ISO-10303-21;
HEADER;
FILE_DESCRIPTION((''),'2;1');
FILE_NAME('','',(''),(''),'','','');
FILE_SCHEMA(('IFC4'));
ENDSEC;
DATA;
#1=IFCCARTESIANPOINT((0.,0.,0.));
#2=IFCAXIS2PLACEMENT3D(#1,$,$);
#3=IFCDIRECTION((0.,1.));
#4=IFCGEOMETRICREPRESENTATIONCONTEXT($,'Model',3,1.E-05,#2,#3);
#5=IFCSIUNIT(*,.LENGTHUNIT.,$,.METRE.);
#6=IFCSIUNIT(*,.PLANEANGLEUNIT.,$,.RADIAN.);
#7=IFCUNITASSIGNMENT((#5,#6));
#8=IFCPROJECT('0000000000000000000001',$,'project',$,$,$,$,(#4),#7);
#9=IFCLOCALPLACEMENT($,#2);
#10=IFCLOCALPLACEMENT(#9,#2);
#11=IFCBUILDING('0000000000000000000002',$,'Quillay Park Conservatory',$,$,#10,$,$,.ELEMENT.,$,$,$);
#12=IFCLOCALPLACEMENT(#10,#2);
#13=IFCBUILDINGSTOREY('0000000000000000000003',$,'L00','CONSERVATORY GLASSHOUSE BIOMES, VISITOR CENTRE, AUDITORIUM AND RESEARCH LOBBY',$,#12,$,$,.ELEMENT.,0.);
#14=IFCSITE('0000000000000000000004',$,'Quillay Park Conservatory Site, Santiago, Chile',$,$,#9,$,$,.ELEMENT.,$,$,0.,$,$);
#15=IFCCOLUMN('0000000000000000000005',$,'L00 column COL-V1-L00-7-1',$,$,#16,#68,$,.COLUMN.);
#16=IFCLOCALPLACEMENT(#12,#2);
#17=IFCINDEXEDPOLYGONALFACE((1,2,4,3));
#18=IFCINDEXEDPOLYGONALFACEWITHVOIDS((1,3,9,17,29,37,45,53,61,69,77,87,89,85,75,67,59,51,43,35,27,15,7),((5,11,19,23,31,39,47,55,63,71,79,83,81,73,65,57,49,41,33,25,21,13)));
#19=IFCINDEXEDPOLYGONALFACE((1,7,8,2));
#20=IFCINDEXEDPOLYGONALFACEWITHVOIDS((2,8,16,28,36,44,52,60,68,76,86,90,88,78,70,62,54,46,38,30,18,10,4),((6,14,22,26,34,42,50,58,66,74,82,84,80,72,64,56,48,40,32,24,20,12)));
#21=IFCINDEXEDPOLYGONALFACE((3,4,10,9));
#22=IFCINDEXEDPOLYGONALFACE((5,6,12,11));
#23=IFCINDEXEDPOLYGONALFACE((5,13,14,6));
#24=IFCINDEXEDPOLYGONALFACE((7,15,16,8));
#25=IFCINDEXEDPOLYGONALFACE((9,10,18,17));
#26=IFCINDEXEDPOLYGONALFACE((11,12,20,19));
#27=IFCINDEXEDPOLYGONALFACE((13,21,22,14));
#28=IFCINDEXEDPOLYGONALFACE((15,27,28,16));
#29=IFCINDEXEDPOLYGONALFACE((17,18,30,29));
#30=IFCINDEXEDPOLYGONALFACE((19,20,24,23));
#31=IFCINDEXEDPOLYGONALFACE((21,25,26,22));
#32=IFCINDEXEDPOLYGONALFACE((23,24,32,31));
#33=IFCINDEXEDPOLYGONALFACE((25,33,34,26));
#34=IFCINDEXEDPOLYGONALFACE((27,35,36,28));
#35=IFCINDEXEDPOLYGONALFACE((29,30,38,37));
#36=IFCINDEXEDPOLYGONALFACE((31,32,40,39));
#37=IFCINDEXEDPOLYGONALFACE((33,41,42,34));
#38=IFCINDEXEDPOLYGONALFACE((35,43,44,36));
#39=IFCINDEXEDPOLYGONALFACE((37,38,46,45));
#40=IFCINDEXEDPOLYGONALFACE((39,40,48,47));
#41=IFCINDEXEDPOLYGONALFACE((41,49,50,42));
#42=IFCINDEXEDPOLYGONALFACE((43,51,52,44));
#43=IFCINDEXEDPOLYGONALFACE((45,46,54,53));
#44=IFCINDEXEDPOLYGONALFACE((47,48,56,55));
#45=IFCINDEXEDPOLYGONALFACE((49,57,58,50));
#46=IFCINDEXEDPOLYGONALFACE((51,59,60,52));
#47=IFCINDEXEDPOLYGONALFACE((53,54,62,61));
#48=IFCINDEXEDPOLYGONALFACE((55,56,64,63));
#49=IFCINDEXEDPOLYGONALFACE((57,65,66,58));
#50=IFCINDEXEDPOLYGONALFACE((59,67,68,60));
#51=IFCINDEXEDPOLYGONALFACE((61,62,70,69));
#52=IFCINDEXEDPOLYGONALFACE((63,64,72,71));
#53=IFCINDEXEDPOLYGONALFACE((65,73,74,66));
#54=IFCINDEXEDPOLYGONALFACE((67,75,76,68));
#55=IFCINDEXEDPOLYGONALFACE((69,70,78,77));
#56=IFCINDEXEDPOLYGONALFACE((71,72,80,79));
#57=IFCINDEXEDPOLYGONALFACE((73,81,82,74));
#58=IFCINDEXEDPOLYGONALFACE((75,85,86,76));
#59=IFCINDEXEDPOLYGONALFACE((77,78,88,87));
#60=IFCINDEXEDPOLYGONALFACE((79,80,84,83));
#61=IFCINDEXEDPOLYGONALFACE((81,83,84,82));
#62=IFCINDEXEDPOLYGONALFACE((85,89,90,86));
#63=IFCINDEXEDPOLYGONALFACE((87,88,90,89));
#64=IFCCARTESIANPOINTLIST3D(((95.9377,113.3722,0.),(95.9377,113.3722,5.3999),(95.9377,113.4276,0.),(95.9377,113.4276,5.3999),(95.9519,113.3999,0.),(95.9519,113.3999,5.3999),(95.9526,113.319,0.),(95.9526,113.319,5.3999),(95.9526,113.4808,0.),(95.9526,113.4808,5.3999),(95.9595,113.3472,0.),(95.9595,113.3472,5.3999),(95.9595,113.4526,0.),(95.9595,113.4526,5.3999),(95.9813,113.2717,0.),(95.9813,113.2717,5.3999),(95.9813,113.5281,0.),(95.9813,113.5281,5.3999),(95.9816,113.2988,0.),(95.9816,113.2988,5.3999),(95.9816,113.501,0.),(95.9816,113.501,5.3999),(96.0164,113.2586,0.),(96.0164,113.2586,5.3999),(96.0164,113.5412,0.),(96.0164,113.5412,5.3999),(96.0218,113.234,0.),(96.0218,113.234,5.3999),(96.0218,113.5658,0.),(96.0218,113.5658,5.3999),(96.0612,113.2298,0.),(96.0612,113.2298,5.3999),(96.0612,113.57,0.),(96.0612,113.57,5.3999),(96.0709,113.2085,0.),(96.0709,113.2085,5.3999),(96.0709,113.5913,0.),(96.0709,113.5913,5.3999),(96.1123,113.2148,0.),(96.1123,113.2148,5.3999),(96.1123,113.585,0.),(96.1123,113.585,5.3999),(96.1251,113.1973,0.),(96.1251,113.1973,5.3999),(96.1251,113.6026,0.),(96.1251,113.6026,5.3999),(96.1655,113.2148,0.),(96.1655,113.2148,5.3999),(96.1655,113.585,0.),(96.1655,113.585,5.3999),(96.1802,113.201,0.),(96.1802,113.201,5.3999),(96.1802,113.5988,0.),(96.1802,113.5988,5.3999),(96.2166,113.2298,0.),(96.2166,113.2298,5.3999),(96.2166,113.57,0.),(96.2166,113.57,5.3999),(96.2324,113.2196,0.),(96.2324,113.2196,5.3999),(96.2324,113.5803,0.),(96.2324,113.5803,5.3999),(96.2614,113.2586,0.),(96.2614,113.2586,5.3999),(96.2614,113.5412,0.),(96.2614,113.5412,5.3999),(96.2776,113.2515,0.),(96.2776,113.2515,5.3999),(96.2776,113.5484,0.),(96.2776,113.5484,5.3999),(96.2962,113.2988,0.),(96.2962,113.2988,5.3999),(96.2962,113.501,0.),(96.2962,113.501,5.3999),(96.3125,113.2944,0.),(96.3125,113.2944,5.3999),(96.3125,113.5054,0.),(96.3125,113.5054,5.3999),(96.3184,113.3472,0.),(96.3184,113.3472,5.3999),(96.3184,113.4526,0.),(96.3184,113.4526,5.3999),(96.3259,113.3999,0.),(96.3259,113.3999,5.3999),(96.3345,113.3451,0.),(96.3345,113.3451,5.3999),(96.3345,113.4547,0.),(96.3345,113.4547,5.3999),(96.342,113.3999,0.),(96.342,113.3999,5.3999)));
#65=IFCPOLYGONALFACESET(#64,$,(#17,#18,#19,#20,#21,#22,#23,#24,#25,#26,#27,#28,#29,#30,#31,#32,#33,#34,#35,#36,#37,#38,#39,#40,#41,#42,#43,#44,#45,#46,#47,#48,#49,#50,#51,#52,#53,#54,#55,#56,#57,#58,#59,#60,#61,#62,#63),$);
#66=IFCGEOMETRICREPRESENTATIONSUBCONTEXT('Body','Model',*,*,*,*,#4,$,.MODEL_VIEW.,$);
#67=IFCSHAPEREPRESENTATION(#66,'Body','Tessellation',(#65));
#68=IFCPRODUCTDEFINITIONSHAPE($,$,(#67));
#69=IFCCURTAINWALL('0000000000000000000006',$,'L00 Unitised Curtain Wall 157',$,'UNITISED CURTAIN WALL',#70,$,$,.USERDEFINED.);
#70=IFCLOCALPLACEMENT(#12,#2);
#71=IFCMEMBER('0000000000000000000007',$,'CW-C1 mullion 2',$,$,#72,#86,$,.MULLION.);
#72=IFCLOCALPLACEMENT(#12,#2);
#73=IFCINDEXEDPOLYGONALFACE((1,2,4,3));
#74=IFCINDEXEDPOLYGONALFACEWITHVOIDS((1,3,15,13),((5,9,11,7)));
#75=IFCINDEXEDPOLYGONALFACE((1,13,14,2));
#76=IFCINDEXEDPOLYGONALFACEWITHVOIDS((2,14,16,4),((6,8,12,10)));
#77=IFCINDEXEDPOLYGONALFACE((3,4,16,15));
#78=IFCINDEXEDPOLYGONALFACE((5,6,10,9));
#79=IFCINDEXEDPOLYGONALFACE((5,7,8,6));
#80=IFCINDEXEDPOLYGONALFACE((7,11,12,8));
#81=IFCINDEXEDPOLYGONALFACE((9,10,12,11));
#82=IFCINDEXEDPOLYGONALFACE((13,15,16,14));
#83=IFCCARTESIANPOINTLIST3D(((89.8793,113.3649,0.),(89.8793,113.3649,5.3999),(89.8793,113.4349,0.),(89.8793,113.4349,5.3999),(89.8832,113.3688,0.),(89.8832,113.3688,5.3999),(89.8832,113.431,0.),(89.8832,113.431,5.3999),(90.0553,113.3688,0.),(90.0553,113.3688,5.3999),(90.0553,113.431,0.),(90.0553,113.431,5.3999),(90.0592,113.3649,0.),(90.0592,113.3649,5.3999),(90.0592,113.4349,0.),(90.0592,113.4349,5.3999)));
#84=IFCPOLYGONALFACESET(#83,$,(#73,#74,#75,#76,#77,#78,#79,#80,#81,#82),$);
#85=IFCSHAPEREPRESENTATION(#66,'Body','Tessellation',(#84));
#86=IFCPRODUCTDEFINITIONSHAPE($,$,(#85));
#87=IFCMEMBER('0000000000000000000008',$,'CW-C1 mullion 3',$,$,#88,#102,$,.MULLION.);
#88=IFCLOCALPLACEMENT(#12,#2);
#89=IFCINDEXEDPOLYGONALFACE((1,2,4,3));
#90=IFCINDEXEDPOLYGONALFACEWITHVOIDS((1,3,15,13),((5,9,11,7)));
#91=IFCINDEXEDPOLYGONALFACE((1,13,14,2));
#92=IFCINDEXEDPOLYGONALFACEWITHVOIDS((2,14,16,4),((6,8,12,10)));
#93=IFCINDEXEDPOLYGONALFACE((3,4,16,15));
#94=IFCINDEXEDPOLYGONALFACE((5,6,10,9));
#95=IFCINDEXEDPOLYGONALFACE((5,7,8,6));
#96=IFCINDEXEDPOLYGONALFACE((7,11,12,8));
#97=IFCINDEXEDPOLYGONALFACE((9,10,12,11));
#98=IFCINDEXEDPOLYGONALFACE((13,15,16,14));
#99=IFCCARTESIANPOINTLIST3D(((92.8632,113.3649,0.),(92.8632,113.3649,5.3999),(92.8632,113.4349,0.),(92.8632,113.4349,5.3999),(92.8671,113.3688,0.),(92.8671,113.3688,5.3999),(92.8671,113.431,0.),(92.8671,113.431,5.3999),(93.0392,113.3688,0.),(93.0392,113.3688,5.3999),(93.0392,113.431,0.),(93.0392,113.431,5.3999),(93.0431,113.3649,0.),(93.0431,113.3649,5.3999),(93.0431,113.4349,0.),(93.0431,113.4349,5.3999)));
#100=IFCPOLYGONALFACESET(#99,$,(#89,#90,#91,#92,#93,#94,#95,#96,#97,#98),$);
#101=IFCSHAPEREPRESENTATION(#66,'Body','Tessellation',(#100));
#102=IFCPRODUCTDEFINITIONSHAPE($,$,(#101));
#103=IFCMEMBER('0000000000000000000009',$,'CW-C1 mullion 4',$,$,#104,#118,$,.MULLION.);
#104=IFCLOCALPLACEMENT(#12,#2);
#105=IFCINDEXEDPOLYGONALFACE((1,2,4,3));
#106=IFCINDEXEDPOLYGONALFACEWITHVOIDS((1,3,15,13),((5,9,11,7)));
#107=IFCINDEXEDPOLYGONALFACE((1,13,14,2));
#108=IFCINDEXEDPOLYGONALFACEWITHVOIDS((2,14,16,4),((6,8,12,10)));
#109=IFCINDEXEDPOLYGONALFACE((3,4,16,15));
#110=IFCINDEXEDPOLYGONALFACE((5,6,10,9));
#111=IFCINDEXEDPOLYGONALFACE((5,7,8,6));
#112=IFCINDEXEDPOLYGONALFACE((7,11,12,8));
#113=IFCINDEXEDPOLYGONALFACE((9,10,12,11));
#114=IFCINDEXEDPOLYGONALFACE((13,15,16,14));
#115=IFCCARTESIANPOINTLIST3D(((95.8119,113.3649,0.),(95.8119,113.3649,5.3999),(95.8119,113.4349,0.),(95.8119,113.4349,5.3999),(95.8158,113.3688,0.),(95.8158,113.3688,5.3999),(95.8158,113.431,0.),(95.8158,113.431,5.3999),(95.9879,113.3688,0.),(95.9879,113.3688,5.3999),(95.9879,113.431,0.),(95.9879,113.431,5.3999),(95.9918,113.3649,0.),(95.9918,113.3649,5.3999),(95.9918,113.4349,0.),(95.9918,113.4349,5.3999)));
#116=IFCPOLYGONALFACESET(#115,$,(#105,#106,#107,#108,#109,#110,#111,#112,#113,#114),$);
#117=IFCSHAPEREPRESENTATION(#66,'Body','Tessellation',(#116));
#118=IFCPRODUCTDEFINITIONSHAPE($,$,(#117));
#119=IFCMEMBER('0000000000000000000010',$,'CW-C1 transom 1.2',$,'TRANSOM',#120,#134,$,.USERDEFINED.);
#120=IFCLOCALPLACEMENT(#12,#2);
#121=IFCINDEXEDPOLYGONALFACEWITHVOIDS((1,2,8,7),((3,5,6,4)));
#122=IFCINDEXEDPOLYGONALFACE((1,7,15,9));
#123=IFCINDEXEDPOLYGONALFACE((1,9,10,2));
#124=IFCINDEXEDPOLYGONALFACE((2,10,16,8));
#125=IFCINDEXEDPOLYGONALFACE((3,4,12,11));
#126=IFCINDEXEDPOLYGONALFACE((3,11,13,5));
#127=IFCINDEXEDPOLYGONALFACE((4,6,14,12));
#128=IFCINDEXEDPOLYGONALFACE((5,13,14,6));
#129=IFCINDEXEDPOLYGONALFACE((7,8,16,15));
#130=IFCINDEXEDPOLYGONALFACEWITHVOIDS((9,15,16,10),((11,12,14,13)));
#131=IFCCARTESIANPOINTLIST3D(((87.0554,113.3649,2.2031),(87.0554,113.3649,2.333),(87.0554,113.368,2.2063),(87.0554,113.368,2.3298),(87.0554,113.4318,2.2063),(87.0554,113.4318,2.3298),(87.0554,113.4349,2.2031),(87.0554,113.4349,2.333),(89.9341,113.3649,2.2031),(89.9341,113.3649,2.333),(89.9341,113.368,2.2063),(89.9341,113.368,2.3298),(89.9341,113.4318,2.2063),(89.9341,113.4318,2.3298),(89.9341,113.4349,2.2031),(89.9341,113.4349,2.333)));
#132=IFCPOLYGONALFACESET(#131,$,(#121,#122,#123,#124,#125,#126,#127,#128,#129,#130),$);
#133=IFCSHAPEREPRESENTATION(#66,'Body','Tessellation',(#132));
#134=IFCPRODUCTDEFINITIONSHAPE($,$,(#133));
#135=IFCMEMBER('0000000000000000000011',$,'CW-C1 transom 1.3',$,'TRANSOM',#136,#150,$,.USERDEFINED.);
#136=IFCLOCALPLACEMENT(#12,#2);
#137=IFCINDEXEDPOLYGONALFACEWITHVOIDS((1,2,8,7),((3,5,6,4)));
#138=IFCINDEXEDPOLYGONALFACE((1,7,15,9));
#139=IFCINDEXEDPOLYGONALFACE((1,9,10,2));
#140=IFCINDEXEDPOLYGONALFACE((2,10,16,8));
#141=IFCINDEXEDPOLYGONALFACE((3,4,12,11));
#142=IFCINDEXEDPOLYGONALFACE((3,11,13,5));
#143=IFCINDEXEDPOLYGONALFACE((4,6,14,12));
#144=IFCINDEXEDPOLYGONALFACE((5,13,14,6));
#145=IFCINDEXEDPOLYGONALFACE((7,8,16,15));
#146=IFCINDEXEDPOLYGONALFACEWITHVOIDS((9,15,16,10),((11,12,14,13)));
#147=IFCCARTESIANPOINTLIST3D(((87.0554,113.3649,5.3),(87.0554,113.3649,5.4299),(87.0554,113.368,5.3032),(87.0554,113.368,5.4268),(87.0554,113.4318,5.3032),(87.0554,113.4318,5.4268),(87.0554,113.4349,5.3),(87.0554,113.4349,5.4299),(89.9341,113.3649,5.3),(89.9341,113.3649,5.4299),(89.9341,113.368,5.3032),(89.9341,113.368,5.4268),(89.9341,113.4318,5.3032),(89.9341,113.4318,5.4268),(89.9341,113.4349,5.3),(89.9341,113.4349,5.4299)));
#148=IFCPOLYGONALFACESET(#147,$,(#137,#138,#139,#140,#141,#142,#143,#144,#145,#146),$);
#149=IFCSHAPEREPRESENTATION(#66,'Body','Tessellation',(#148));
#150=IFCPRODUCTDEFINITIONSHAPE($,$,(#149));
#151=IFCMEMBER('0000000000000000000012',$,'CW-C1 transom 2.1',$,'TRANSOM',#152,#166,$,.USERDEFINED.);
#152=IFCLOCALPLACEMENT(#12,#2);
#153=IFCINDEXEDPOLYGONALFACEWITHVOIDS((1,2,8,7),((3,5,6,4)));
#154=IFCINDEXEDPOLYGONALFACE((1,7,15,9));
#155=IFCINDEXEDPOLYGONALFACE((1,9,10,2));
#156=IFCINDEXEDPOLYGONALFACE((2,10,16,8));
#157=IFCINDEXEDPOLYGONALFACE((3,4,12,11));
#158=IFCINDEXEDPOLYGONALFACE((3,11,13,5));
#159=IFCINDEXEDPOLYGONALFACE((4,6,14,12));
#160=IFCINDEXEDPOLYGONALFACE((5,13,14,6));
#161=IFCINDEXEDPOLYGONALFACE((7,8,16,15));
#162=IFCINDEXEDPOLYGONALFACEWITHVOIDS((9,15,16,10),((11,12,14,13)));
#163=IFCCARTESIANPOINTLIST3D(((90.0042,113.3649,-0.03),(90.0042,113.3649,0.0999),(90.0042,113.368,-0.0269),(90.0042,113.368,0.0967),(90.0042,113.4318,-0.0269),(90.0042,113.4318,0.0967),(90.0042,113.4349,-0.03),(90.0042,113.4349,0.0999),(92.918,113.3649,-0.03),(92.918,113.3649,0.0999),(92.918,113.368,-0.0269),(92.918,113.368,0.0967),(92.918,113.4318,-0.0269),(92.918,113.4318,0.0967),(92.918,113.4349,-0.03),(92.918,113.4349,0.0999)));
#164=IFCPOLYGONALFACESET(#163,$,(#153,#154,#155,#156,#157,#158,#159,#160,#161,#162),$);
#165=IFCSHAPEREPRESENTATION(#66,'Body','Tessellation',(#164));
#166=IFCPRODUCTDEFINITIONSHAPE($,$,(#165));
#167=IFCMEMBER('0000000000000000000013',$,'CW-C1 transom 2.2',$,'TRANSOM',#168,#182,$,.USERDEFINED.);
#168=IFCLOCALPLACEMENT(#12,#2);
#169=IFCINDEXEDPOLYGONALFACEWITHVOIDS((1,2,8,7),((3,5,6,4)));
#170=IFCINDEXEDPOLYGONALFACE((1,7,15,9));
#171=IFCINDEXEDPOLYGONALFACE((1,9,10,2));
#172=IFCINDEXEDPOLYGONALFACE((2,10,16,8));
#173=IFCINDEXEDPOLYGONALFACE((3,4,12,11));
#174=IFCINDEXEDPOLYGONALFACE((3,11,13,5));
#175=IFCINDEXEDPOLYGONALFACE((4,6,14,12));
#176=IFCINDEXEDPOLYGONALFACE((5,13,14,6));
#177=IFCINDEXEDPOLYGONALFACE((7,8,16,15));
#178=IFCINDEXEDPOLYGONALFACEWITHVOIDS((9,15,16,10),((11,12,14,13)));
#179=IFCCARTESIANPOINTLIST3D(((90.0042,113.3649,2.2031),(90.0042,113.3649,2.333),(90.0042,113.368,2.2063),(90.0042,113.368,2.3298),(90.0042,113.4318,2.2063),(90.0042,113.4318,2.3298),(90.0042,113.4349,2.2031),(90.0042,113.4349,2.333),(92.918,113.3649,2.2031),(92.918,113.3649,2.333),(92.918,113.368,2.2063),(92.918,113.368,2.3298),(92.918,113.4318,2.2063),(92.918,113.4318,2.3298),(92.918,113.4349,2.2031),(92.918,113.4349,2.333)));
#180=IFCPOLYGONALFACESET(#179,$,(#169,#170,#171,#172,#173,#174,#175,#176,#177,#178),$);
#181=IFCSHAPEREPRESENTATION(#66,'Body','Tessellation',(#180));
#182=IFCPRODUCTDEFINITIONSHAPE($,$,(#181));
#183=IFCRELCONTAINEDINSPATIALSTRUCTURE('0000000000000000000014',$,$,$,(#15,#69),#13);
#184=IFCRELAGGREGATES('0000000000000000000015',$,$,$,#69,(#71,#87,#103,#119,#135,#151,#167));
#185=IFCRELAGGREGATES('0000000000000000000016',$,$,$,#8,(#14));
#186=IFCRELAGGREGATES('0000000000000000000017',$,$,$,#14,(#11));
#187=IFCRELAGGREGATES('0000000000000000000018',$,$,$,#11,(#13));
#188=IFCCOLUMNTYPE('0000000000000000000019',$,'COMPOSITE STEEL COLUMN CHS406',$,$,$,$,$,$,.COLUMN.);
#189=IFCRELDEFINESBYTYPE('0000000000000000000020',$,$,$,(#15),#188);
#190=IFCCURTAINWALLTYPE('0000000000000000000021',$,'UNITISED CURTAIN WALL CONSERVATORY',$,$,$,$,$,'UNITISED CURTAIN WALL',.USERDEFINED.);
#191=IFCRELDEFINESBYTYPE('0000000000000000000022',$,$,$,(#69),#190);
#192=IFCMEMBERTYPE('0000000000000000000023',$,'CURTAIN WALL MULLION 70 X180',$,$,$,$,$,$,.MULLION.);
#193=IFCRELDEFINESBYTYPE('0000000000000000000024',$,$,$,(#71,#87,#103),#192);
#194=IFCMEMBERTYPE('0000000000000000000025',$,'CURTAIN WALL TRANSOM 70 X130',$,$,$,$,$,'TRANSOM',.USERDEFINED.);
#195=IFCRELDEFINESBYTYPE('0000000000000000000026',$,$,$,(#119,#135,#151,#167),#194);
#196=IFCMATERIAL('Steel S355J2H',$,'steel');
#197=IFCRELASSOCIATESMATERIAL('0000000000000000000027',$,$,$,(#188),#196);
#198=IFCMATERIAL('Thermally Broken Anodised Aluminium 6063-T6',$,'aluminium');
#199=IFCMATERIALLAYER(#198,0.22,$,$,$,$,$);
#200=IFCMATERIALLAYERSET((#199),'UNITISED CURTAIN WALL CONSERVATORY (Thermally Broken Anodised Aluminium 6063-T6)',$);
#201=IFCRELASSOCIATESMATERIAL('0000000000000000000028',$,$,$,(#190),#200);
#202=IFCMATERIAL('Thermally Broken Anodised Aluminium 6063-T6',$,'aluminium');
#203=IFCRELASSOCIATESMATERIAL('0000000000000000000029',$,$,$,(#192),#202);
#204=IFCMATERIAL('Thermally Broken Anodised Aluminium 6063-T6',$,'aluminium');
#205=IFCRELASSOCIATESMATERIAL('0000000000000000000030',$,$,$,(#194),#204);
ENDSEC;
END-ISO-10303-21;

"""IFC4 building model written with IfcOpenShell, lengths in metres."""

from ifc_helpers import new_model, si_unit, direction, frame, origin, origin_2d, place, context, subcontext, project, spatial, hollow_rectangle, hollow_circle, extrude, material, layer, layer_set, material_profile, profile_set, type_object, element, aggregate, save


model = new_model("IFC4")

# Units and contexts
model_context = context("Model", 3, precision=1e-05, world=origin(), true_north=direction((0.0, 1.0)))
body_context = subcontext(model_context, "Body", "Model", "MODEL_VIEW")
ifc_project = project(units=[si_unit("LENGTHUNIT", "METRE"), si_unit("PLANEANGLEUNIT", "RADIAN")], contexts=[model_context])

# Site, building, storey
site_placement = place(None, origin())
site = spatial("IfcSite", under=ifc_project, at=site_placement, Name="Quillay Park Conservatory Site, Santiago, Chile", CompositionType="ELEMENT", RefElevation=0.0)
building_placement = place(site_placement, origin())
building = spatial("IfcBuilding", under=site, at=building_placement, Name="Quillay Park Conservatory", CompositionType="ELEMENT")
storey_placement = place(building_placement, origin())
storey = spatial("IfcBuildingStorey", under=building, at=storey_placement, Name="L00", Description="CONSERVATORY GLASSHOUSE BIOMES, VISITOR CENTRE, AUDITORIUM AND RESEARCH LOBBY", CompositionType="ELEMENT", Elevation=0.0)

# Column
ifc_material_1 = material(Name="Steel S355J2H", Category="steel")
ifc_material_profile_1 = material_profile(ifc_material_1, hollow_circle(Radius=0.2031, WallThickness=0.0161, at=origin_2d()), Name="CHS406.4x16")
ifc_profile_set_1 = profile_set([ifc_material_profile_1], Name="Steel S355J2H")
column_type = type_object("IfcColumnType", Name="COMPOSITE STEEL COLUMN CHS406", PredefinedType="COLUMN", material=ifc_profile_set_1)
column_placement = place(storey_placement, frame((96.1389, 113.3999, 0.0), z_axis=(0.0, 0.0, 1.0), x_axis=(1.0, 0.0, 0.0)))
element("IfcColumn", 1, at=column_placement, inside=storey, type_object=column_type, Name="L00 column COL-V1-L00-7-1", PredefinedType="COLUMN", context=body_context, shape_type="SweptSolid", body=[
    extrude(hollow_circle(Radius=0.2031, WallThickness=0.0161, at=origin_2d()), origin(), (0.0, 0.0, 1.0), 5.3999),
])

# Curtain wall, members
ifc_material_2 = material(Name="Thermally Broken Anodised Aluminium 6063-T6", Category="aluminium")
ifc_layer_1 = layer(ifc_material_2, 0.22)
ifc_layer_set_1 = layer_set([ifc_layer_1], Name="UNITISED CURTAIN WALL CONSERVATORY (Thermally Broken Anodised Aluminium 6063-T6)")
curtain_wall_type = type_object("IfcCurtainWallType", Name="UNITISED CURTAIN WALL CONSERVATORY", ElementType="UNITISED CURTAIN WALL", PredefinedType="USERDEFINED", material=ifc_layer_set_1)
curtain_wall_placement = place(storey_placement, origin())
curtain_wall = element("IfcCurtainWall", 2, at=curtain_wall_placement, inside=storey, type_object=curtain_wall_type, Name="L00 Unitised Curtain Wall 157", ObjectType="UNITISED CURTAIN WALL", PredefinedType="USERDEFINED")
ifc_material_3 = material(Name="Thermally Broken Anodised Aluminium 6063-T6", Category="aluminium")
ifc_material_profile_2 = material_profile(ifc_material_3, hollow_rectangle(XDim=0.0701, YDim=0.1799, WallThickness=0.0039, at=origin_2d()), Name="AL70x180x4")
ifc_profile_set_2 = profile_set([ifc_material_profile_2], Name="Thermally Broken Anodised Aluminium 6063-T6")
member_type_1 = type_object("IfcMemberType", Name="CURTAIN WALL MULLION 70 X180", PredefinedType="MULLION", material=ifc_profile_set_2)
member_1_placement = place(storey_placement, frame((89.9692, 113.3999, 0.0), z_axis=(0.0, 0.0, 1.0), x_axis=(0.0, 1.0, 0.0)))
member_1 = element("IfcMember", 3, at=member_1_placement, type_object=member_type_1, Name="CW-C1 mullion 2", PredefinedType="MULLION", context=body_context, shape_type="SweptSolid", body=[
    extrude(hollow_rectangle(XDim=0.0701, YDim=0.1799, WallThickness=0.0039, at=origin_2d()), origin(), (0.0, 0.0, 1.0), 5.3999),
])
member_2_placement = place(storey_placement, frame((92.9531, 113.3999, 0.0), z_axis=(0.0, 0.0, 1.0), x_axis=(0.0, 1.0, 0.0)))
member_2 = element("IfcMember", 4, at=member_2_placement, type_object=member_type_1, Name="CW-C1 mullion 3", PredefinedType="MULLION", context=body_context, shape_type="SweptSolid", body=[
    extrude(hollow_rectangle(XDim=0.0701, YDim=0.1799, WallThickness=0.0039, at=origin_2d()), origin(), (0.0, 0.0, 1.0), 5.3999),
])
member_3_placement = place(storey_placement, frame((95.9019, 113.3999, 0.0), z_axis=(0.0, 0.0, 1.0), x_axis=(0.0, 1.0, 0.0)))
member_3 = element("IfcMember", 5, at=member_3_placement, type_object=member_type_1, Name="CW-C1 mullion 4", PredefinedType="MULLION", context=body_context, shape_type="SweptSolid", body=[
    extrude(hollow_rectangle(XDim=0.0701, YDim=0.1799, WallThickness=0.0039, at=origin_2d()), origin(), (0.0, 0.0, 1.0), 5.3999),
])
ifc_material_4 = material(Name="Thermally Broken Anodised Aluminium 6063-T6", Category="aluminium")
ifc_material_profile_3 = material_profile(ifc_material_4, hollow_rectangle(XDim=0.0701, YDim=0.1299, WallThickness=0.0032, at=origin_2d()), Name="AL70x130x3.2")
ifc_profile_set_3 = profile_set([ifc_material_profile_3], Name="Thermally Broken Anodised Aluminium 6063-T6")
member_type_2 = type_object("IfcMemberType", Name="CURTAIN WALL TRANSOM 70 X130", ElementType="TRANSOM", PredefinedType="USERDEFINED", material=ifc_profile_set_3)
member_4_placement = place(storey_placement, frame((87.0554, 113.3999, 2.2681), z_axis=(1.0, 0.0, 0.0), x_axis=(0.0, 1.0, 0.0)))
member_4 = element("IfcMember", 6, at=member_4_placement, type_object=member_type_2, Name="CW-C1 transom 1.2", ObjectType="TRANSOM", PredefinedType="USERDEFINED", context=body_context, shape_type="SweptSolid", body=[
    extrude(hollow_rectangle(XDim=0.0701, YDim=0.1299, WallThickness=0.0032, at=origin_2d()), origin(), (0.0, 0.0, 1.0), 2.8787),
])
member_5_placement = place(storey_placement, frame((87.0554, 113.3999, 5.365), z_axis=(1.0, 0.0, 0.0), x_axis=(0.0, 1.0, 0.0)))
member_5 = element("IfcMember", 7, at=member_5_placement, type_object=member_type_2, Name="CW-C1 transom 1.3", ObjectType="TRANSOM", PredefinedType="USERDEFINED", context=body_context, shape_type="SweptSolid", body=[
    extrude(hollow_rectangle(XDim=0.0701, YDim=0.1299, WallThickness=0.0032, at=origin_2d()), origin(), (0.0, 0.0, 1.0), 2.8787),
])
member_6_placement = place(storey_placement, frame((90.0042, 113.3999, 0.0349), z_axis=(1.0, 0.0, 0.0), x_axis=(0.0, 1.0, 0.0)))
member_6 = element("IfcMember", 8, at=member_6_placement, type_object=member_type_2, Name="CW-C1 transom 2.1", ObjectType="TRANSOM", PredefinedType="USERDEFINED", context=body_context, shape_type="SweptSolid", body=[
    extrude(hollow_rectangle(XDim=0.0701, YDim=0.1299, WallThickness=0.0032, at=origin_2d()), origin(), (0.0, 0.0, 1.0), 2.9138),
])
member_7_placement = place(storey_placement, frame((90.0042, 113.3999, 2.2681), z_axis=(1.0, 0.0, 0.0), x_axis=(0.0, 1.0, 0.0)))
member_7 = element("IfcMember", 9, at=member_7_placement, type_object=member_type_2, Name="CW-C1 transom 2.2", ObjectType="TRANSOM", PredefinedType="USERDEFINED", context=body_context, shape_type="SweptSolid", body=[
    extrude(hollow_rectangle(XDim=0.0701, YDim=0.1299, WallThickness=0.0032, at=origin_2d()), origin(), (0.0, 0.0, 1.0), 2.9138),
])

aggregate(curtain_wall, [member_1, member_2, member_3, member_4, member_5, member_6, member_7])

save(model, "model.ifc")
